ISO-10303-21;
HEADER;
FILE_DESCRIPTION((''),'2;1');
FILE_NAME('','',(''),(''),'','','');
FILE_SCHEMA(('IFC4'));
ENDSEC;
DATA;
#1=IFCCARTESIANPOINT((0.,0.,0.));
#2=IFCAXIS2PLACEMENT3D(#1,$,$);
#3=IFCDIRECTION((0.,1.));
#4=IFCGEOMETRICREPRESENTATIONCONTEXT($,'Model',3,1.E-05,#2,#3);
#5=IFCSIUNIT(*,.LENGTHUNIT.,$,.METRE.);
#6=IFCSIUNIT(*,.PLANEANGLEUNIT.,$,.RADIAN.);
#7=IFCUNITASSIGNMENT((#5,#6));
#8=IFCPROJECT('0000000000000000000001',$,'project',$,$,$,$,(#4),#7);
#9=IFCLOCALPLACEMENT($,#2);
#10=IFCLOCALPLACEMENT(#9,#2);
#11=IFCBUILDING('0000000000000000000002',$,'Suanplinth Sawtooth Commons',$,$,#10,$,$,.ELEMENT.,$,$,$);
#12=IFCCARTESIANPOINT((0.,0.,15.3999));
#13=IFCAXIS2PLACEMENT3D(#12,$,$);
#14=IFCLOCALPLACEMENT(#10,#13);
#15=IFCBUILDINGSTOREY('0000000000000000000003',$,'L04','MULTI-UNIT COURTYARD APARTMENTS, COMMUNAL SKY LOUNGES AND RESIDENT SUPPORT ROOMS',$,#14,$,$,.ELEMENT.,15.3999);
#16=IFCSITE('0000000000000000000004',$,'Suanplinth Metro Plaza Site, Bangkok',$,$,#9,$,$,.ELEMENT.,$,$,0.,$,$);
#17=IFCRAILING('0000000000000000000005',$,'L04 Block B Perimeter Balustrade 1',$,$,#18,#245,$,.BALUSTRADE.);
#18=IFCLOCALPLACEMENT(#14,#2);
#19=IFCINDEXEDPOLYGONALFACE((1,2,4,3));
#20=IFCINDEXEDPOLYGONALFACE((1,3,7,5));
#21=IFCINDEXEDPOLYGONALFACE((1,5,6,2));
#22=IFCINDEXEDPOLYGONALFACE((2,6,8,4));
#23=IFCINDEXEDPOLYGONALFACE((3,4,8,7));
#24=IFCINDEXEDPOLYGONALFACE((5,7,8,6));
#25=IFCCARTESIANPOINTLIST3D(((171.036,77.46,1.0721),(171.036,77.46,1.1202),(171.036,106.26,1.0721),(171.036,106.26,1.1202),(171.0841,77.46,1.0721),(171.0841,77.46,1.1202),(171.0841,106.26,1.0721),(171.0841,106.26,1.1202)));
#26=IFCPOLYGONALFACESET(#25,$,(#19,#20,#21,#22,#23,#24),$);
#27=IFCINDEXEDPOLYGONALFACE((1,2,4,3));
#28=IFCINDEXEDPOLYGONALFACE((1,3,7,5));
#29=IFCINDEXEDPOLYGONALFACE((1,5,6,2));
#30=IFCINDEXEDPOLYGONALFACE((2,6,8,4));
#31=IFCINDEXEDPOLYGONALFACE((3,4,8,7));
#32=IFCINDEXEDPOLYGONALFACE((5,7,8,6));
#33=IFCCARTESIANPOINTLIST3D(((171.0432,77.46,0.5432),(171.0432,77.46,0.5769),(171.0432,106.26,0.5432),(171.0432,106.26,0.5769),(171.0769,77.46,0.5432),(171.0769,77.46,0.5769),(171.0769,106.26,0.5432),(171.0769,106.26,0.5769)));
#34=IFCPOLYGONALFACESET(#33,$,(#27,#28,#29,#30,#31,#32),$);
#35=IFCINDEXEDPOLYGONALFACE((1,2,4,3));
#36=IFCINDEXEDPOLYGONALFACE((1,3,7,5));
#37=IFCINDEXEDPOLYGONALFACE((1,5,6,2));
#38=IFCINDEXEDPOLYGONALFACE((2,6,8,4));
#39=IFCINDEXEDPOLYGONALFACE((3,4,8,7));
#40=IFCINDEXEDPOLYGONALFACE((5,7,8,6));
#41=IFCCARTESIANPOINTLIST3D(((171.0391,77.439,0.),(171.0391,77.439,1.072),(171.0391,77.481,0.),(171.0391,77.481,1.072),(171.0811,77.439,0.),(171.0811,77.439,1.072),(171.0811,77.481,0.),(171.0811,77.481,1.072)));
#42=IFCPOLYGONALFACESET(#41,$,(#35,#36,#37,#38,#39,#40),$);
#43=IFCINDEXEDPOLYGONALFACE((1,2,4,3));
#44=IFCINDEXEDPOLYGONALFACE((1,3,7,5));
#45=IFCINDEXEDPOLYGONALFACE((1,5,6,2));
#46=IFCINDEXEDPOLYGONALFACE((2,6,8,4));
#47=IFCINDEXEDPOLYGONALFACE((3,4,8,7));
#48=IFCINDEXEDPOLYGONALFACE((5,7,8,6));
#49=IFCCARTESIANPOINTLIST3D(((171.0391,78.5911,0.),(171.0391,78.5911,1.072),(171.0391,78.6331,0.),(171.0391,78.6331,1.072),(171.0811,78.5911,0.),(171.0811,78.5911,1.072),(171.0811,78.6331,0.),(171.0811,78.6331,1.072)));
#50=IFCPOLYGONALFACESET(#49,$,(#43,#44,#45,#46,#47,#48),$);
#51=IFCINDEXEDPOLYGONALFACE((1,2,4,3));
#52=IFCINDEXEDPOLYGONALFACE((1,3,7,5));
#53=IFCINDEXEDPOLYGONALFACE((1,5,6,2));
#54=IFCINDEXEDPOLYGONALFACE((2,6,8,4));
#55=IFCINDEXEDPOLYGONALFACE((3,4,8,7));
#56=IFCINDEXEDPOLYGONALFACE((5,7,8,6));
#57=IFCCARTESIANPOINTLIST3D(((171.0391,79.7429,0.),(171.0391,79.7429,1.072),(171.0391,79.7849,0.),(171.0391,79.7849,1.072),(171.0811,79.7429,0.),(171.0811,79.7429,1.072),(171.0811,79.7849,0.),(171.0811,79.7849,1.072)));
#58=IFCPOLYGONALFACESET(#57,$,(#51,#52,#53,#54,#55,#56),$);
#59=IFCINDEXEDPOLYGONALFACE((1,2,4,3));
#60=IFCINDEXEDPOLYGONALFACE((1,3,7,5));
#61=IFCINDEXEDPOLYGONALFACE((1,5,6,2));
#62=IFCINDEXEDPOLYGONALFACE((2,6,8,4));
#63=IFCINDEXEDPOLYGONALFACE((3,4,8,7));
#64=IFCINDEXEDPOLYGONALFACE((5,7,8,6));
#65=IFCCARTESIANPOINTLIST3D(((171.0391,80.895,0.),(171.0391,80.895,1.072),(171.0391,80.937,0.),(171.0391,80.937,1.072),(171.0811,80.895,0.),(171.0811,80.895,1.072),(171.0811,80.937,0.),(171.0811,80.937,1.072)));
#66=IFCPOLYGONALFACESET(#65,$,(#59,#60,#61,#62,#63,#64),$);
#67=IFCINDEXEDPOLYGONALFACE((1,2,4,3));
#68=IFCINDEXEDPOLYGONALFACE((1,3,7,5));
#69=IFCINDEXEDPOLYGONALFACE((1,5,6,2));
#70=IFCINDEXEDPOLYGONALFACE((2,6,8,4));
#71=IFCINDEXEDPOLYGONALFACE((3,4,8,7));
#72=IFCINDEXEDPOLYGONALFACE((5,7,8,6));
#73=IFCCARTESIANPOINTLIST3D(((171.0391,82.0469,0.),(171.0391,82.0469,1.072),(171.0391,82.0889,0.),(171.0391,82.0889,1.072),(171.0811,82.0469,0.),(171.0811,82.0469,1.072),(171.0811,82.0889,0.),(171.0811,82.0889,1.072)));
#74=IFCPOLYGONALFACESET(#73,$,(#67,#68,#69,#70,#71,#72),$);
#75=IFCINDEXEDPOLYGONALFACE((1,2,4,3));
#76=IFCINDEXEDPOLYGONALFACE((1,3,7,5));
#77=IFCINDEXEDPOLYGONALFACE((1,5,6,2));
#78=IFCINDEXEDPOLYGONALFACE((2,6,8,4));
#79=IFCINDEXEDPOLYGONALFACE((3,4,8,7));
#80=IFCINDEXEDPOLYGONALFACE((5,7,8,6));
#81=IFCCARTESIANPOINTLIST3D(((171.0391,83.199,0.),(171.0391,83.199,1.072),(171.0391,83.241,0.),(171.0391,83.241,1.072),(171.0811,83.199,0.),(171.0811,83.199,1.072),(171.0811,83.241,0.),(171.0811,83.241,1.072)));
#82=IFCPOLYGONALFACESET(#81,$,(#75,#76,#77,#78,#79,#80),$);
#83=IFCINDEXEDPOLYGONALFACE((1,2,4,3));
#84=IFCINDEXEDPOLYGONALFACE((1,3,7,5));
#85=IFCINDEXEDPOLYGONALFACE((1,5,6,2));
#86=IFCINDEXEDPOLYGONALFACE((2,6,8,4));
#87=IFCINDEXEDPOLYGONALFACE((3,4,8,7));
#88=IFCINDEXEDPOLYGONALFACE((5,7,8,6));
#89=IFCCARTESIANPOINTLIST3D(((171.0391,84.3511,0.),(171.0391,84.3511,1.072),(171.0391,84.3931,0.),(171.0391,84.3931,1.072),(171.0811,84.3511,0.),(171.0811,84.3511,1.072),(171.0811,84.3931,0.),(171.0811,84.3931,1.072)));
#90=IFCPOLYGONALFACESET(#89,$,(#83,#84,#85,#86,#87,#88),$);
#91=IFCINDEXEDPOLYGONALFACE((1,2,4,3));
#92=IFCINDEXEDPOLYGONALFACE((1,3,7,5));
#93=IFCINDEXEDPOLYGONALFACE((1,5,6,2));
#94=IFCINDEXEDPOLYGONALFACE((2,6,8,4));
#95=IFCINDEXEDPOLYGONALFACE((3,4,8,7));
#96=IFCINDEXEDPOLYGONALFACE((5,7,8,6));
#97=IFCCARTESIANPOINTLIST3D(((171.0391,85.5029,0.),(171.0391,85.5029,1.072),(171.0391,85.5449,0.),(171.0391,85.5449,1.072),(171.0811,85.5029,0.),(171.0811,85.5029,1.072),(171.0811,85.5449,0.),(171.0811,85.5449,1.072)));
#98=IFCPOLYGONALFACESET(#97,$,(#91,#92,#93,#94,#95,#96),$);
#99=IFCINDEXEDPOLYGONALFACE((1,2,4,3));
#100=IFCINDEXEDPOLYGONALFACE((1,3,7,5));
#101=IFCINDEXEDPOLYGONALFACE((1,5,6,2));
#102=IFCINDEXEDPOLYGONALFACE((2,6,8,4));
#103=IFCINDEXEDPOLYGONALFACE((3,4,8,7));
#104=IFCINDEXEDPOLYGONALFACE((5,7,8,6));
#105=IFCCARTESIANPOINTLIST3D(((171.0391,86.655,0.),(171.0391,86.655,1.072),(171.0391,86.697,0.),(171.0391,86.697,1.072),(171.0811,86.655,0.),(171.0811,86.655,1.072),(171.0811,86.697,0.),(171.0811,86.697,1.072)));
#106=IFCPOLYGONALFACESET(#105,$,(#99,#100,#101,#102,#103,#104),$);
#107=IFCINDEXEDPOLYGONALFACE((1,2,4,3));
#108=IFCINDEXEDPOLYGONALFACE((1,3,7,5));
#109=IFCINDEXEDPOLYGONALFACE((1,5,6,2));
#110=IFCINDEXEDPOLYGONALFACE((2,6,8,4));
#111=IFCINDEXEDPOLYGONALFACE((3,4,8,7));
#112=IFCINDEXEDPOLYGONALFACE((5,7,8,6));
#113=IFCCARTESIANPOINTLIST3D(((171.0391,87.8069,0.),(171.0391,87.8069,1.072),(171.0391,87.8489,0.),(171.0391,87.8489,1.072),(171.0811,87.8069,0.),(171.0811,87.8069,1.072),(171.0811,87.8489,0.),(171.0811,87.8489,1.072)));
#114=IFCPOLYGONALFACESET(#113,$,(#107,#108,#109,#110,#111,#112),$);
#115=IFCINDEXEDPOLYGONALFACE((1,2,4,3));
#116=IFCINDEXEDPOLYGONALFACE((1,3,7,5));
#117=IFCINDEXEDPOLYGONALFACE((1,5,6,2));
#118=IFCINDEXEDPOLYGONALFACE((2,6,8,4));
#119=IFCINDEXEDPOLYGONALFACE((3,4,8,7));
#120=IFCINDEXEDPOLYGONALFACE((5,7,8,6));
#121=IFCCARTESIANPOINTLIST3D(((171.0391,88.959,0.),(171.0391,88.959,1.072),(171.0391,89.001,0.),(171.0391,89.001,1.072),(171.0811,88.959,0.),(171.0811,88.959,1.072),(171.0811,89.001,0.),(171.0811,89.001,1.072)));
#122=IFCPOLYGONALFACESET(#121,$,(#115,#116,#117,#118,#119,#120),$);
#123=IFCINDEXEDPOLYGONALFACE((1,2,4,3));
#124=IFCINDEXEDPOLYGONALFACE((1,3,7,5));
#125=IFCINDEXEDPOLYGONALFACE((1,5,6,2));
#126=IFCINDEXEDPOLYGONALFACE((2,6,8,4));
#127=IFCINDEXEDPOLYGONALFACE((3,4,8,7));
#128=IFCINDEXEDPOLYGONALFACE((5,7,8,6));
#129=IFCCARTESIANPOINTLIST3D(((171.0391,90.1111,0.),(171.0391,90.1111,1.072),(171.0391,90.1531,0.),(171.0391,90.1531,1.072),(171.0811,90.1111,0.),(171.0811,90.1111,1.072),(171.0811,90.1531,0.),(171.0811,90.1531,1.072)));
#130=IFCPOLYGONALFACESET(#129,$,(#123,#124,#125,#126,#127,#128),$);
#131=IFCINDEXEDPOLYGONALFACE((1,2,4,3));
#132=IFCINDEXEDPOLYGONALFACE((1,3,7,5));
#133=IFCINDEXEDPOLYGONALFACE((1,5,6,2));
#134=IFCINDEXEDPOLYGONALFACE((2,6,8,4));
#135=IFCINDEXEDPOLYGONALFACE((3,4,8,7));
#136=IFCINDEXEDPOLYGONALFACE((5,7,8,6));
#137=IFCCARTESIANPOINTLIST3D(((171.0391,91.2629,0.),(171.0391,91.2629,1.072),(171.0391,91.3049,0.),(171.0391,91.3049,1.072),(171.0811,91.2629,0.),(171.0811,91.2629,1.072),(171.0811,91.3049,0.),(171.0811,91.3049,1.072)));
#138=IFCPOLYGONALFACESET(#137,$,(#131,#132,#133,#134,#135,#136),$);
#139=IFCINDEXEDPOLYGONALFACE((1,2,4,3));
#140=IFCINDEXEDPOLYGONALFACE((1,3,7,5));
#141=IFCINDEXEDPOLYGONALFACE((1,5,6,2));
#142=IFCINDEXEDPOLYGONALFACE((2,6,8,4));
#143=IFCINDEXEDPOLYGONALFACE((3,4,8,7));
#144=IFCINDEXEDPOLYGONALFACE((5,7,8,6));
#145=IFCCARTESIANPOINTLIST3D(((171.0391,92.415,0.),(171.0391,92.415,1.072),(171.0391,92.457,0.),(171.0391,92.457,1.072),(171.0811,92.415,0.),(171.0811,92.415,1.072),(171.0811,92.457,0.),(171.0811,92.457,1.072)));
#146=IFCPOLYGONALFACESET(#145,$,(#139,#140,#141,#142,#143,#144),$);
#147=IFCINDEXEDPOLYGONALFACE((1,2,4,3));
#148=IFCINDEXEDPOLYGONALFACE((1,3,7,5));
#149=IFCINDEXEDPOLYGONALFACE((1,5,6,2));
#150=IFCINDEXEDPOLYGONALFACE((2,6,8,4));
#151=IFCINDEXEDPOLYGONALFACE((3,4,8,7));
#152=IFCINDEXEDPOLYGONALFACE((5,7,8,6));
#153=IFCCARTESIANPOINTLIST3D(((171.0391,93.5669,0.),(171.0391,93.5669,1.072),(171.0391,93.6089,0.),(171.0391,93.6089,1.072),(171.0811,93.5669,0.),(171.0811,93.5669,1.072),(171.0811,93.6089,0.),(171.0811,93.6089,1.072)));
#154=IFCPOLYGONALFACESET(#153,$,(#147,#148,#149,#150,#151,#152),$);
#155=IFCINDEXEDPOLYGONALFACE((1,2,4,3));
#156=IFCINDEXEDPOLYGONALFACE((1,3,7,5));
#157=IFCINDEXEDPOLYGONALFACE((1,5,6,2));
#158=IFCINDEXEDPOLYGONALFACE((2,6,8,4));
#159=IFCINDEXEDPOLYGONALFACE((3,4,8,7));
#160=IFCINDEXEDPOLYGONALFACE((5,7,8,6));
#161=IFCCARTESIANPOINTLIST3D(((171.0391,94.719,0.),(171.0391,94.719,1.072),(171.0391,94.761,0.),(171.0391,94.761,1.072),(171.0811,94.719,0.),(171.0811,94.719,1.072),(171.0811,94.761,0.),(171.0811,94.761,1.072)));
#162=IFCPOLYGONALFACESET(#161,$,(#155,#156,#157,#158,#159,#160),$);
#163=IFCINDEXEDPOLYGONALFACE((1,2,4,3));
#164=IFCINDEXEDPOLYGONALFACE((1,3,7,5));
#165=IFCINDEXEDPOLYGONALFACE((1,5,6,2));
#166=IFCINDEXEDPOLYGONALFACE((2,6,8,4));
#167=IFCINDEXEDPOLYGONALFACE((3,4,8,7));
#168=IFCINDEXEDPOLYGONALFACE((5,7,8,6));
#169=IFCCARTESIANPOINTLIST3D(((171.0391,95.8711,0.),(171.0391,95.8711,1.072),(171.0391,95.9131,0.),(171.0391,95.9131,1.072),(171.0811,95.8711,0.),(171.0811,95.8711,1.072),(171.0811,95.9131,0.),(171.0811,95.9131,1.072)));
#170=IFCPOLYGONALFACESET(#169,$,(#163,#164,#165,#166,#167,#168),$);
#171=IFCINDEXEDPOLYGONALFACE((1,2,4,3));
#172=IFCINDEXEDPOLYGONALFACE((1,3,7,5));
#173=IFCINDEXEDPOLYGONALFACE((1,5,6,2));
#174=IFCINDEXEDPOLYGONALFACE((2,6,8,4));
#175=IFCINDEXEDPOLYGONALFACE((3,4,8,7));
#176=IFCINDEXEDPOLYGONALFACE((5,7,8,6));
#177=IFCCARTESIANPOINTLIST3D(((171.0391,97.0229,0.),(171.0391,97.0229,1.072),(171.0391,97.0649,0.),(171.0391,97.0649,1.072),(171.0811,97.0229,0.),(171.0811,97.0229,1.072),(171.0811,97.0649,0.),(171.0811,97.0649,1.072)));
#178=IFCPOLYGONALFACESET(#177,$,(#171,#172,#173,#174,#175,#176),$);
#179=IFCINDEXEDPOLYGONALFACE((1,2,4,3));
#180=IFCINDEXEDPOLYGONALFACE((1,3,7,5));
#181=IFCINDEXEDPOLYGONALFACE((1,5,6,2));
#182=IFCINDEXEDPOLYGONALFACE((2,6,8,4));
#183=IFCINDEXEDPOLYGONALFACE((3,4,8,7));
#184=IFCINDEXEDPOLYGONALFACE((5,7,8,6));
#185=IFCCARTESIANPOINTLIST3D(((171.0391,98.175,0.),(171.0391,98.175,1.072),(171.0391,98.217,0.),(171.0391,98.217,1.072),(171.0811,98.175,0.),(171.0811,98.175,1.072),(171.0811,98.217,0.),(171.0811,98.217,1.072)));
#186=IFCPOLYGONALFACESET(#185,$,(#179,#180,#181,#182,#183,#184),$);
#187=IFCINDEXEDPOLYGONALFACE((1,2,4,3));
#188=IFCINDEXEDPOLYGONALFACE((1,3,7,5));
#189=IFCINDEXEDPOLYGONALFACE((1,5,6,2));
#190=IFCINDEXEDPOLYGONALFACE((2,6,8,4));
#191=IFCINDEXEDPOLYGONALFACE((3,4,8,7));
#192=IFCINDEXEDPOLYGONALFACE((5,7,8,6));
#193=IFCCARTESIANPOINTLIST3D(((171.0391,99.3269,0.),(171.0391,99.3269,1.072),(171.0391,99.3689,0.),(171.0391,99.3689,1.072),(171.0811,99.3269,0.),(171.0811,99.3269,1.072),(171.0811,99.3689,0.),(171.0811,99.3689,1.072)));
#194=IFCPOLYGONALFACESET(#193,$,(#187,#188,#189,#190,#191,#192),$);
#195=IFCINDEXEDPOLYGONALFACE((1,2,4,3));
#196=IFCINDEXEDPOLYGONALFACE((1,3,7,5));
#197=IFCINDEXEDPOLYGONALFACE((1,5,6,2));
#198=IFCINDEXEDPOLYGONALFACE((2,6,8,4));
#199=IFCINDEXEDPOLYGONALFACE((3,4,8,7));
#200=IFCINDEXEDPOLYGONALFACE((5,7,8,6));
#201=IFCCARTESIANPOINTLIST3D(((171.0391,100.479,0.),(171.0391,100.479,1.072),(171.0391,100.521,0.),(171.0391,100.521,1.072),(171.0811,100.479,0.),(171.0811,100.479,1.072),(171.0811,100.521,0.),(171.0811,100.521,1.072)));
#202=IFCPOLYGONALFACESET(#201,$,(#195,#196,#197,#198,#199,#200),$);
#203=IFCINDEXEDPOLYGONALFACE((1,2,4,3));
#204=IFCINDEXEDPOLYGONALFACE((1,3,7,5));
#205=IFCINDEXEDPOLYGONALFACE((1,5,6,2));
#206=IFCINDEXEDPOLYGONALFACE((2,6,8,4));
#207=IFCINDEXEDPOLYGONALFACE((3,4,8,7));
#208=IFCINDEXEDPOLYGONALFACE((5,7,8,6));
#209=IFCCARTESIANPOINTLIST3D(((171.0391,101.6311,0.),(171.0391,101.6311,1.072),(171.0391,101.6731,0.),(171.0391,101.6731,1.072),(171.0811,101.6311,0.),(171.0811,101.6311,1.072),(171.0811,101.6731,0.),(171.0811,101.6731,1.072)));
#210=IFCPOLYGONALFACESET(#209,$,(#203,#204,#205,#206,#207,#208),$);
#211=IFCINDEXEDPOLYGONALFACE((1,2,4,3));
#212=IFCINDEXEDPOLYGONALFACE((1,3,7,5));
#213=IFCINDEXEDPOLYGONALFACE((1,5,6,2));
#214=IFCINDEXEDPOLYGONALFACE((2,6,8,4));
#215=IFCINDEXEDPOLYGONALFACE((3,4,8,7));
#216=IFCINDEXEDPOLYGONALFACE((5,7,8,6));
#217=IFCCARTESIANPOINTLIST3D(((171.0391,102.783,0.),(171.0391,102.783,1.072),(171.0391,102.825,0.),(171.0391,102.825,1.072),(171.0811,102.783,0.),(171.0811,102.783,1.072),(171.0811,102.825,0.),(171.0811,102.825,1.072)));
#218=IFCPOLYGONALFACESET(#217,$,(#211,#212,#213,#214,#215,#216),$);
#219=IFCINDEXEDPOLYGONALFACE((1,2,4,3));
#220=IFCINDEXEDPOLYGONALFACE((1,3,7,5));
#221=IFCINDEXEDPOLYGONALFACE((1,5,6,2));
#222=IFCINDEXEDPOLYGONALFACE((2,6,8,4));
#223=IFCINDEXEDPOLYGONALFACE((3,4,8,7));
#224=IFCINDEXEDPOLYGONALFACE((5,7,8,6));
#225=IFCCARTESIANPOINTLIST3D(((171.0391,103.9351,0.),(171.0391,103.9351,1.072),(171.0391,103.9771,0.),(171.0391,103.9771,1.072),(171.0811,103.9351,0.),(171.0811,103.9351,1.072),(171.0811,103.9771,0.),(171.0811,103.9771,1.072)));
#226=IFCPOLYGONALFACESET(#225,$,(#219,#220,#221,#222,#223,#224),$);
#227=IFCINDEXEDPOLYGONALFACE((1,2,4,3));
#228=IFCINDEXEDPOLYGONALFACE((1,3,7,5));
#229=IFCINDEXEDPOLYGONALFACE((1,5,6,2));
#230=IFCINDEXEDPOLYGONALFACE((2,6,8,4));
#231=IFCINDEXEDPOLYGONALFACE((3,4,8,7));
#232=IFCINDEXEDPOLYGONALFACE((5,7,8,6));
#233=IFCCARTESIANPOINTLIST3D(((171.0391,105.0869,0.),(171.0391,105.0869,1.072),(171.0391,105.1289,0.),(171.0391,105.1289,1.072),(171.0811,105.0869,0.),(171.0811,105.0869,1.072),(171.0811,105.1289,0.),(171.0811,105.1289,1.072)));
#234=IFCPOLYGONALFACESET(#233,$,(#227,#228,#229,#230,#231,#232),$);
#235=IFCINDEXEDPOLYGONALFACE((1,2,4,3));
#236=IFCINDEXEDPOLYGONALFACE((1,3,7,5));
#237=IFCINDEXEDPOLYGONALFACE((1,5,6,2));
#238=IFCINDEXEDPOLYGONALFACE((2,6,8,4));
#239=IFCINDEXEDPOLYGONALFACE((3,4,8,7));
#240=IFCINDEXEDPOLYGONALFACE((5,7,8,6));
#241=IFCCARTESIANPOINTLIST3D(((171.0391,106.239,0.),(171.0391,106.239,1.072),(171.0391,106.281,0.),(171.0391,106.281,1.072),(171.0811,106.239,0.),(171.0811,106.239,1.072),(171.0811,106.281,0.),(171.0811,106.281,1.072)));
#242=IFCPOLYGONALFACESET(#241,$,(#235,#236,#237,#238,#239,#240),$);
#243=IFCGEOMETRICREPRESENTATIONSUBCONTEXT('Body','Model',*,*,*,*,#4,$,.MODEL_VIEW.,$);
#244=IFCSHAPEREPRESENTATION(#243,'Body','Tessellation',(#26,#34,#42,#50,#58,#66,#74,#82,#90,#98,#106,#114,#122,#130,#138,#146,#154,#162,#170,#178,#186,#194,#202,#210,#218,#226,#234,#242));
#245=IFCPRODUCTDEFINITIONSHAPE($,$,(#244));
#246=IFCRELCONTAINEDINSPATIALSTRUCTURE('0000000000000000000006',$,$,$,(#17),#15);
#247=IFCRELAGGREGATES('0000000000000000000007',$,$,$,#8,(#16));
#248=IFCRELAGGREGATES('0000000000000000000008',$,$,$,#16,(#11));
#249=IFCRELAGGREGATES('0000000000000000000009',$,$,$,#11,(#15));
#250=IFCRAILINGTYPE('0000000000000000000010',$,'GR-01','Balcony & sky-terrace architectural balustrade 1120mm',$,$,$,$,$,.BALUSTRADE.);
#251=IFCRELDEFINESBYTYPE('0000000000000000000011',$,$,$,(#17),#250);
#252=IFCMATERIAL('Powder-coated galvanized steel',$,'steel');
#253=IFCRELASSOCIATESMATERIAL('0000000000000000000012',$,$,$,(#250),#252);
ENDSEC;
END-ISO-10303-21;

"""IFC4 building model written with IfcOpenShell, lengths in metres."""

from ifc_helpers import new_model, si_unit, direction, frame, origin, origin_2d, place, context, subcontext, project, spatial, rectangle, extrude, material, type_object, element, save


model = new_model("IFC4")

# Units and contexts
model_context = context("Model", 3, precision=1e-05, world=origin(), true_north=direction((0.0, 1.0)))
body_context = subcontext(model_context, "Body", "Model", "MODEL_VIEW")
ifc_project = project(units=[si_unit("LENGTHUNIT", "METRE"), si_unit("PLANEANGLEUNIT", "RADIAN")], contexts=[model_context])

# Site, building, storey
site_placement = place(None, origin())
site = spatial("IfcSite", under=ifc_project, at=site_placement, Name="Suanplinth Metro Plaza Site, Bangkok", CompositionType="ELEMENT", RefElevation=0.0)
building_placement = place(site_placement, origin())
building = spatial("IfcBuilding", under=site, at=building_placement, Name="Suanplinth Sawtooth Commons", CompositionType="ELEMENT")
storey_placement = place(building_placement, frame((0.0, 0.0, 15.3999)))
storey = spatial("IfcBuildingStorey", under=building, at=storey_placement, Name="L04", Description="MULTI-UNIT COURTYARD APARTMENTS, COMMUNAL SKY LOUNGES AND RESIDENT SUPPORT ROOMS", CompositionType="ELEMENT", Elevation=15.3999)

# Railing
ifc_material_1 = material(Name="Powder-coated galvanized steel", Category="steel")
railing_type = type_object("IfcRailingType", Name="GR-01", Description="Balcony & sky-terrace architectural balustrade 1120mm", PredefinedType="BALUSTRADE", material=ifc_material_1)
railing_1_placement = place(storey_placement, frame((171.0601, 77.46, 0.0)))
element("IfcRailing", 1, at=railing_1_placement, inside=storey, type_object=railing_type, Name="L04 Block B Perimeter Balustrade 1", PredefinedType="BALUSTRADE", context=body_context, shape_type="SweptSolid", body=[
    extrude(rectangle(XDim=0.0481, YDim=0.0481, at=origin_2d()), frame((0.0, 0.0, 1.0962), z_axis=(0.0, 1.0, 0.0), x_axis=(-1.0, 0.0, 0.0)), (0.0, 0.0, 1.0), 28.8),
    extrude(rectangle(XDim=0.0337, YDim=0.0337, at=origin_2d()), frame((0.0, 0.0, 0.5601), z_axis=(0.0, 1.0, 0.0), x_axis=(-1.0, 0.0, 0.0)), (0.0, 0.0, 1.0), 28.8),
    extrude(rectangle(XDim=0.042, YDim=0.042, at=origin_2d()), origin(), (0.0, 0.0, 1.0), 1.072),
    extrude(rectangle(XDim=0.042, YDim=0.042, at=origin_2d()), frame((0.0, 1.1521, 0.0)), (0.0, 0.0, 1.0), 1.072),
    extrude(rectangle(XDim=0.042, YDim=0.042, at=origin_2d()), frame((0.0, 2.304, 0.0)), (0.0, 0.0, 1.0), 1.072),
    extrude(rectangle(XDim=0.042, YDim=0.042, at=origin_2d()), frame((0.0, 3.4561, 0.0)), (0.0, 0.0, 1.0), 1.072),
    extrude(rectangle(XDim=0.042, YDim=0.042, at=origin_2d()), frame((0.0, 4.6079, 0.0)), (0.0, 0.0, 1.0), 1.072),
    extrude(rectangle(XDim=0.042, YDim=0.042, at=origin_2d()), frame((0.0, 5.76, 0.0)), (0.0, 0.0, 1.0), 1.072),
    extrude(rectangle(XDim=0.042, YDim=0.042, at=origin_2d()), frame((0.0, 6.9121, 0.0)), (0.0, 0.0, 1.0), 1.072),
    extrude(rectangle(XDim=0.042, YDim=0.042, at=origin_2d()), frame((0.0, 8.064, 0.0)), (0.0, 0.0, 1.0), 1.072),
    extrude(rectangle(XDim=0.042, YDim=0.042, at=origin_2d()), frame((0.0, 9.2161, 0.0)), (0.0, 0.0, 1.0), 1.072),
    extrude(rectangle(XDim=0.042, YDim=0.042, at=origin_2d()), frame((0.0, 10.3679, 0.0)), (0.0, 0.0, 1.0), 1.072),
    extrude(rectangle(XDim=0.042, YDim=0.042, at=origin_2d()), frame((0.0, 11.52, 0.0)), (0.0, 0.0, 1.0), 1.072),
    extrude(rectangle(XDim=0.042, YDim=0.042, at=origin_2d()), frame((0.0, 12.6721, 0.0)), (0.0, 0.0, 1.0), 1.072),
    extrude(rectangle(XDim=0.042, YDim=0.042, at=origin_2d()), frame((0.0, 13.824, 0.0)), (0.0, 0.0, 1.0), 1.072),
    extrude(rectangle(XDim=0.042, YDim=0.042, at=origin_2d()), frame((0.0, 14.9761, 0.0)), (0.0, 0.0, 1.0), 1.072),
    extrude(rectangle(XDim=0.042, YDim=0.042, at=origin_2d()), frame((0.0, 16.1279, 0.0)), (0.0, 0.0, 1.0), 1.072),
    extrude(rectangle(XDim=0.042, YDim=0.042, at=origin_2d()), frame((0.0, 17.28, 0.0)), (0.0, 0.0, 1.0), 1.072),
    extrude(rectangle(XDim=0.042, YDim=0.042, at=origin_2d()), frame((0.0, 18.4321, 0.0)), (0.0, 0.0, 1.0), 1.072),
    extrude(rectangle(XDim=0.042, YDim=0.042, at=origin_2d()), frame((0.0, 19.584, 0.0)), (0.0, 0.0, 1.0), 1.072),
    extrude(rectangle(XDim=0.042, YDim=0.042, at=origin_2d()), frame((0.0, 20.7361, 0.0)), (0.0, 0.0, 1.0), 1.072),
    extrude(rectangle(XDim=0.042, YDim=0.042, at=origin_2d()), frame((0.0, 21.8879, 0.0)), (0.0, 0.0, 1.0), 1.072),
    extrude(rectangle(XDim=0.042, YDim=0.042, at=origin_2d()), frame((0.0, 23.04, 0.0)), (0.0, 0.0, 1.0), 1.072),
    extrude(rectangle(XDim=0.042, YDim=0.042, at=origin_2d()), frame((0.0, 24.1921, 0.0)), (0.0, 0.0, 1.0), 1.072),
    extrude(rectangle(XDim=0.042, YDim=0.042, at=origin_2d()), frame((0.0, 25.344, 0.0)), (0.0, 0.0, 1.0), 1.072),
    extrude(rectangle(XDim=0.042, YDim=0.042, at=origin_2d()), frame((0.0, 26.4961, 0.0)), (0.0, 0.0, 1.0), 1.072),
    extrude(rectangle(XDim=0.042, YDim=0.042, at=origin_2d()), frame((0.0, 27.6479, 0.0)), (0.0, 0.0, 1.0), 1.072),
    extrude(rectangle(XDim=0.042, YDim=0.042, at=origin_2d()), frame((0.0, 28.8, 0.0)), (0.0, 0.0, 1.0), 1.072),
])

save(model, "model.ifc")
